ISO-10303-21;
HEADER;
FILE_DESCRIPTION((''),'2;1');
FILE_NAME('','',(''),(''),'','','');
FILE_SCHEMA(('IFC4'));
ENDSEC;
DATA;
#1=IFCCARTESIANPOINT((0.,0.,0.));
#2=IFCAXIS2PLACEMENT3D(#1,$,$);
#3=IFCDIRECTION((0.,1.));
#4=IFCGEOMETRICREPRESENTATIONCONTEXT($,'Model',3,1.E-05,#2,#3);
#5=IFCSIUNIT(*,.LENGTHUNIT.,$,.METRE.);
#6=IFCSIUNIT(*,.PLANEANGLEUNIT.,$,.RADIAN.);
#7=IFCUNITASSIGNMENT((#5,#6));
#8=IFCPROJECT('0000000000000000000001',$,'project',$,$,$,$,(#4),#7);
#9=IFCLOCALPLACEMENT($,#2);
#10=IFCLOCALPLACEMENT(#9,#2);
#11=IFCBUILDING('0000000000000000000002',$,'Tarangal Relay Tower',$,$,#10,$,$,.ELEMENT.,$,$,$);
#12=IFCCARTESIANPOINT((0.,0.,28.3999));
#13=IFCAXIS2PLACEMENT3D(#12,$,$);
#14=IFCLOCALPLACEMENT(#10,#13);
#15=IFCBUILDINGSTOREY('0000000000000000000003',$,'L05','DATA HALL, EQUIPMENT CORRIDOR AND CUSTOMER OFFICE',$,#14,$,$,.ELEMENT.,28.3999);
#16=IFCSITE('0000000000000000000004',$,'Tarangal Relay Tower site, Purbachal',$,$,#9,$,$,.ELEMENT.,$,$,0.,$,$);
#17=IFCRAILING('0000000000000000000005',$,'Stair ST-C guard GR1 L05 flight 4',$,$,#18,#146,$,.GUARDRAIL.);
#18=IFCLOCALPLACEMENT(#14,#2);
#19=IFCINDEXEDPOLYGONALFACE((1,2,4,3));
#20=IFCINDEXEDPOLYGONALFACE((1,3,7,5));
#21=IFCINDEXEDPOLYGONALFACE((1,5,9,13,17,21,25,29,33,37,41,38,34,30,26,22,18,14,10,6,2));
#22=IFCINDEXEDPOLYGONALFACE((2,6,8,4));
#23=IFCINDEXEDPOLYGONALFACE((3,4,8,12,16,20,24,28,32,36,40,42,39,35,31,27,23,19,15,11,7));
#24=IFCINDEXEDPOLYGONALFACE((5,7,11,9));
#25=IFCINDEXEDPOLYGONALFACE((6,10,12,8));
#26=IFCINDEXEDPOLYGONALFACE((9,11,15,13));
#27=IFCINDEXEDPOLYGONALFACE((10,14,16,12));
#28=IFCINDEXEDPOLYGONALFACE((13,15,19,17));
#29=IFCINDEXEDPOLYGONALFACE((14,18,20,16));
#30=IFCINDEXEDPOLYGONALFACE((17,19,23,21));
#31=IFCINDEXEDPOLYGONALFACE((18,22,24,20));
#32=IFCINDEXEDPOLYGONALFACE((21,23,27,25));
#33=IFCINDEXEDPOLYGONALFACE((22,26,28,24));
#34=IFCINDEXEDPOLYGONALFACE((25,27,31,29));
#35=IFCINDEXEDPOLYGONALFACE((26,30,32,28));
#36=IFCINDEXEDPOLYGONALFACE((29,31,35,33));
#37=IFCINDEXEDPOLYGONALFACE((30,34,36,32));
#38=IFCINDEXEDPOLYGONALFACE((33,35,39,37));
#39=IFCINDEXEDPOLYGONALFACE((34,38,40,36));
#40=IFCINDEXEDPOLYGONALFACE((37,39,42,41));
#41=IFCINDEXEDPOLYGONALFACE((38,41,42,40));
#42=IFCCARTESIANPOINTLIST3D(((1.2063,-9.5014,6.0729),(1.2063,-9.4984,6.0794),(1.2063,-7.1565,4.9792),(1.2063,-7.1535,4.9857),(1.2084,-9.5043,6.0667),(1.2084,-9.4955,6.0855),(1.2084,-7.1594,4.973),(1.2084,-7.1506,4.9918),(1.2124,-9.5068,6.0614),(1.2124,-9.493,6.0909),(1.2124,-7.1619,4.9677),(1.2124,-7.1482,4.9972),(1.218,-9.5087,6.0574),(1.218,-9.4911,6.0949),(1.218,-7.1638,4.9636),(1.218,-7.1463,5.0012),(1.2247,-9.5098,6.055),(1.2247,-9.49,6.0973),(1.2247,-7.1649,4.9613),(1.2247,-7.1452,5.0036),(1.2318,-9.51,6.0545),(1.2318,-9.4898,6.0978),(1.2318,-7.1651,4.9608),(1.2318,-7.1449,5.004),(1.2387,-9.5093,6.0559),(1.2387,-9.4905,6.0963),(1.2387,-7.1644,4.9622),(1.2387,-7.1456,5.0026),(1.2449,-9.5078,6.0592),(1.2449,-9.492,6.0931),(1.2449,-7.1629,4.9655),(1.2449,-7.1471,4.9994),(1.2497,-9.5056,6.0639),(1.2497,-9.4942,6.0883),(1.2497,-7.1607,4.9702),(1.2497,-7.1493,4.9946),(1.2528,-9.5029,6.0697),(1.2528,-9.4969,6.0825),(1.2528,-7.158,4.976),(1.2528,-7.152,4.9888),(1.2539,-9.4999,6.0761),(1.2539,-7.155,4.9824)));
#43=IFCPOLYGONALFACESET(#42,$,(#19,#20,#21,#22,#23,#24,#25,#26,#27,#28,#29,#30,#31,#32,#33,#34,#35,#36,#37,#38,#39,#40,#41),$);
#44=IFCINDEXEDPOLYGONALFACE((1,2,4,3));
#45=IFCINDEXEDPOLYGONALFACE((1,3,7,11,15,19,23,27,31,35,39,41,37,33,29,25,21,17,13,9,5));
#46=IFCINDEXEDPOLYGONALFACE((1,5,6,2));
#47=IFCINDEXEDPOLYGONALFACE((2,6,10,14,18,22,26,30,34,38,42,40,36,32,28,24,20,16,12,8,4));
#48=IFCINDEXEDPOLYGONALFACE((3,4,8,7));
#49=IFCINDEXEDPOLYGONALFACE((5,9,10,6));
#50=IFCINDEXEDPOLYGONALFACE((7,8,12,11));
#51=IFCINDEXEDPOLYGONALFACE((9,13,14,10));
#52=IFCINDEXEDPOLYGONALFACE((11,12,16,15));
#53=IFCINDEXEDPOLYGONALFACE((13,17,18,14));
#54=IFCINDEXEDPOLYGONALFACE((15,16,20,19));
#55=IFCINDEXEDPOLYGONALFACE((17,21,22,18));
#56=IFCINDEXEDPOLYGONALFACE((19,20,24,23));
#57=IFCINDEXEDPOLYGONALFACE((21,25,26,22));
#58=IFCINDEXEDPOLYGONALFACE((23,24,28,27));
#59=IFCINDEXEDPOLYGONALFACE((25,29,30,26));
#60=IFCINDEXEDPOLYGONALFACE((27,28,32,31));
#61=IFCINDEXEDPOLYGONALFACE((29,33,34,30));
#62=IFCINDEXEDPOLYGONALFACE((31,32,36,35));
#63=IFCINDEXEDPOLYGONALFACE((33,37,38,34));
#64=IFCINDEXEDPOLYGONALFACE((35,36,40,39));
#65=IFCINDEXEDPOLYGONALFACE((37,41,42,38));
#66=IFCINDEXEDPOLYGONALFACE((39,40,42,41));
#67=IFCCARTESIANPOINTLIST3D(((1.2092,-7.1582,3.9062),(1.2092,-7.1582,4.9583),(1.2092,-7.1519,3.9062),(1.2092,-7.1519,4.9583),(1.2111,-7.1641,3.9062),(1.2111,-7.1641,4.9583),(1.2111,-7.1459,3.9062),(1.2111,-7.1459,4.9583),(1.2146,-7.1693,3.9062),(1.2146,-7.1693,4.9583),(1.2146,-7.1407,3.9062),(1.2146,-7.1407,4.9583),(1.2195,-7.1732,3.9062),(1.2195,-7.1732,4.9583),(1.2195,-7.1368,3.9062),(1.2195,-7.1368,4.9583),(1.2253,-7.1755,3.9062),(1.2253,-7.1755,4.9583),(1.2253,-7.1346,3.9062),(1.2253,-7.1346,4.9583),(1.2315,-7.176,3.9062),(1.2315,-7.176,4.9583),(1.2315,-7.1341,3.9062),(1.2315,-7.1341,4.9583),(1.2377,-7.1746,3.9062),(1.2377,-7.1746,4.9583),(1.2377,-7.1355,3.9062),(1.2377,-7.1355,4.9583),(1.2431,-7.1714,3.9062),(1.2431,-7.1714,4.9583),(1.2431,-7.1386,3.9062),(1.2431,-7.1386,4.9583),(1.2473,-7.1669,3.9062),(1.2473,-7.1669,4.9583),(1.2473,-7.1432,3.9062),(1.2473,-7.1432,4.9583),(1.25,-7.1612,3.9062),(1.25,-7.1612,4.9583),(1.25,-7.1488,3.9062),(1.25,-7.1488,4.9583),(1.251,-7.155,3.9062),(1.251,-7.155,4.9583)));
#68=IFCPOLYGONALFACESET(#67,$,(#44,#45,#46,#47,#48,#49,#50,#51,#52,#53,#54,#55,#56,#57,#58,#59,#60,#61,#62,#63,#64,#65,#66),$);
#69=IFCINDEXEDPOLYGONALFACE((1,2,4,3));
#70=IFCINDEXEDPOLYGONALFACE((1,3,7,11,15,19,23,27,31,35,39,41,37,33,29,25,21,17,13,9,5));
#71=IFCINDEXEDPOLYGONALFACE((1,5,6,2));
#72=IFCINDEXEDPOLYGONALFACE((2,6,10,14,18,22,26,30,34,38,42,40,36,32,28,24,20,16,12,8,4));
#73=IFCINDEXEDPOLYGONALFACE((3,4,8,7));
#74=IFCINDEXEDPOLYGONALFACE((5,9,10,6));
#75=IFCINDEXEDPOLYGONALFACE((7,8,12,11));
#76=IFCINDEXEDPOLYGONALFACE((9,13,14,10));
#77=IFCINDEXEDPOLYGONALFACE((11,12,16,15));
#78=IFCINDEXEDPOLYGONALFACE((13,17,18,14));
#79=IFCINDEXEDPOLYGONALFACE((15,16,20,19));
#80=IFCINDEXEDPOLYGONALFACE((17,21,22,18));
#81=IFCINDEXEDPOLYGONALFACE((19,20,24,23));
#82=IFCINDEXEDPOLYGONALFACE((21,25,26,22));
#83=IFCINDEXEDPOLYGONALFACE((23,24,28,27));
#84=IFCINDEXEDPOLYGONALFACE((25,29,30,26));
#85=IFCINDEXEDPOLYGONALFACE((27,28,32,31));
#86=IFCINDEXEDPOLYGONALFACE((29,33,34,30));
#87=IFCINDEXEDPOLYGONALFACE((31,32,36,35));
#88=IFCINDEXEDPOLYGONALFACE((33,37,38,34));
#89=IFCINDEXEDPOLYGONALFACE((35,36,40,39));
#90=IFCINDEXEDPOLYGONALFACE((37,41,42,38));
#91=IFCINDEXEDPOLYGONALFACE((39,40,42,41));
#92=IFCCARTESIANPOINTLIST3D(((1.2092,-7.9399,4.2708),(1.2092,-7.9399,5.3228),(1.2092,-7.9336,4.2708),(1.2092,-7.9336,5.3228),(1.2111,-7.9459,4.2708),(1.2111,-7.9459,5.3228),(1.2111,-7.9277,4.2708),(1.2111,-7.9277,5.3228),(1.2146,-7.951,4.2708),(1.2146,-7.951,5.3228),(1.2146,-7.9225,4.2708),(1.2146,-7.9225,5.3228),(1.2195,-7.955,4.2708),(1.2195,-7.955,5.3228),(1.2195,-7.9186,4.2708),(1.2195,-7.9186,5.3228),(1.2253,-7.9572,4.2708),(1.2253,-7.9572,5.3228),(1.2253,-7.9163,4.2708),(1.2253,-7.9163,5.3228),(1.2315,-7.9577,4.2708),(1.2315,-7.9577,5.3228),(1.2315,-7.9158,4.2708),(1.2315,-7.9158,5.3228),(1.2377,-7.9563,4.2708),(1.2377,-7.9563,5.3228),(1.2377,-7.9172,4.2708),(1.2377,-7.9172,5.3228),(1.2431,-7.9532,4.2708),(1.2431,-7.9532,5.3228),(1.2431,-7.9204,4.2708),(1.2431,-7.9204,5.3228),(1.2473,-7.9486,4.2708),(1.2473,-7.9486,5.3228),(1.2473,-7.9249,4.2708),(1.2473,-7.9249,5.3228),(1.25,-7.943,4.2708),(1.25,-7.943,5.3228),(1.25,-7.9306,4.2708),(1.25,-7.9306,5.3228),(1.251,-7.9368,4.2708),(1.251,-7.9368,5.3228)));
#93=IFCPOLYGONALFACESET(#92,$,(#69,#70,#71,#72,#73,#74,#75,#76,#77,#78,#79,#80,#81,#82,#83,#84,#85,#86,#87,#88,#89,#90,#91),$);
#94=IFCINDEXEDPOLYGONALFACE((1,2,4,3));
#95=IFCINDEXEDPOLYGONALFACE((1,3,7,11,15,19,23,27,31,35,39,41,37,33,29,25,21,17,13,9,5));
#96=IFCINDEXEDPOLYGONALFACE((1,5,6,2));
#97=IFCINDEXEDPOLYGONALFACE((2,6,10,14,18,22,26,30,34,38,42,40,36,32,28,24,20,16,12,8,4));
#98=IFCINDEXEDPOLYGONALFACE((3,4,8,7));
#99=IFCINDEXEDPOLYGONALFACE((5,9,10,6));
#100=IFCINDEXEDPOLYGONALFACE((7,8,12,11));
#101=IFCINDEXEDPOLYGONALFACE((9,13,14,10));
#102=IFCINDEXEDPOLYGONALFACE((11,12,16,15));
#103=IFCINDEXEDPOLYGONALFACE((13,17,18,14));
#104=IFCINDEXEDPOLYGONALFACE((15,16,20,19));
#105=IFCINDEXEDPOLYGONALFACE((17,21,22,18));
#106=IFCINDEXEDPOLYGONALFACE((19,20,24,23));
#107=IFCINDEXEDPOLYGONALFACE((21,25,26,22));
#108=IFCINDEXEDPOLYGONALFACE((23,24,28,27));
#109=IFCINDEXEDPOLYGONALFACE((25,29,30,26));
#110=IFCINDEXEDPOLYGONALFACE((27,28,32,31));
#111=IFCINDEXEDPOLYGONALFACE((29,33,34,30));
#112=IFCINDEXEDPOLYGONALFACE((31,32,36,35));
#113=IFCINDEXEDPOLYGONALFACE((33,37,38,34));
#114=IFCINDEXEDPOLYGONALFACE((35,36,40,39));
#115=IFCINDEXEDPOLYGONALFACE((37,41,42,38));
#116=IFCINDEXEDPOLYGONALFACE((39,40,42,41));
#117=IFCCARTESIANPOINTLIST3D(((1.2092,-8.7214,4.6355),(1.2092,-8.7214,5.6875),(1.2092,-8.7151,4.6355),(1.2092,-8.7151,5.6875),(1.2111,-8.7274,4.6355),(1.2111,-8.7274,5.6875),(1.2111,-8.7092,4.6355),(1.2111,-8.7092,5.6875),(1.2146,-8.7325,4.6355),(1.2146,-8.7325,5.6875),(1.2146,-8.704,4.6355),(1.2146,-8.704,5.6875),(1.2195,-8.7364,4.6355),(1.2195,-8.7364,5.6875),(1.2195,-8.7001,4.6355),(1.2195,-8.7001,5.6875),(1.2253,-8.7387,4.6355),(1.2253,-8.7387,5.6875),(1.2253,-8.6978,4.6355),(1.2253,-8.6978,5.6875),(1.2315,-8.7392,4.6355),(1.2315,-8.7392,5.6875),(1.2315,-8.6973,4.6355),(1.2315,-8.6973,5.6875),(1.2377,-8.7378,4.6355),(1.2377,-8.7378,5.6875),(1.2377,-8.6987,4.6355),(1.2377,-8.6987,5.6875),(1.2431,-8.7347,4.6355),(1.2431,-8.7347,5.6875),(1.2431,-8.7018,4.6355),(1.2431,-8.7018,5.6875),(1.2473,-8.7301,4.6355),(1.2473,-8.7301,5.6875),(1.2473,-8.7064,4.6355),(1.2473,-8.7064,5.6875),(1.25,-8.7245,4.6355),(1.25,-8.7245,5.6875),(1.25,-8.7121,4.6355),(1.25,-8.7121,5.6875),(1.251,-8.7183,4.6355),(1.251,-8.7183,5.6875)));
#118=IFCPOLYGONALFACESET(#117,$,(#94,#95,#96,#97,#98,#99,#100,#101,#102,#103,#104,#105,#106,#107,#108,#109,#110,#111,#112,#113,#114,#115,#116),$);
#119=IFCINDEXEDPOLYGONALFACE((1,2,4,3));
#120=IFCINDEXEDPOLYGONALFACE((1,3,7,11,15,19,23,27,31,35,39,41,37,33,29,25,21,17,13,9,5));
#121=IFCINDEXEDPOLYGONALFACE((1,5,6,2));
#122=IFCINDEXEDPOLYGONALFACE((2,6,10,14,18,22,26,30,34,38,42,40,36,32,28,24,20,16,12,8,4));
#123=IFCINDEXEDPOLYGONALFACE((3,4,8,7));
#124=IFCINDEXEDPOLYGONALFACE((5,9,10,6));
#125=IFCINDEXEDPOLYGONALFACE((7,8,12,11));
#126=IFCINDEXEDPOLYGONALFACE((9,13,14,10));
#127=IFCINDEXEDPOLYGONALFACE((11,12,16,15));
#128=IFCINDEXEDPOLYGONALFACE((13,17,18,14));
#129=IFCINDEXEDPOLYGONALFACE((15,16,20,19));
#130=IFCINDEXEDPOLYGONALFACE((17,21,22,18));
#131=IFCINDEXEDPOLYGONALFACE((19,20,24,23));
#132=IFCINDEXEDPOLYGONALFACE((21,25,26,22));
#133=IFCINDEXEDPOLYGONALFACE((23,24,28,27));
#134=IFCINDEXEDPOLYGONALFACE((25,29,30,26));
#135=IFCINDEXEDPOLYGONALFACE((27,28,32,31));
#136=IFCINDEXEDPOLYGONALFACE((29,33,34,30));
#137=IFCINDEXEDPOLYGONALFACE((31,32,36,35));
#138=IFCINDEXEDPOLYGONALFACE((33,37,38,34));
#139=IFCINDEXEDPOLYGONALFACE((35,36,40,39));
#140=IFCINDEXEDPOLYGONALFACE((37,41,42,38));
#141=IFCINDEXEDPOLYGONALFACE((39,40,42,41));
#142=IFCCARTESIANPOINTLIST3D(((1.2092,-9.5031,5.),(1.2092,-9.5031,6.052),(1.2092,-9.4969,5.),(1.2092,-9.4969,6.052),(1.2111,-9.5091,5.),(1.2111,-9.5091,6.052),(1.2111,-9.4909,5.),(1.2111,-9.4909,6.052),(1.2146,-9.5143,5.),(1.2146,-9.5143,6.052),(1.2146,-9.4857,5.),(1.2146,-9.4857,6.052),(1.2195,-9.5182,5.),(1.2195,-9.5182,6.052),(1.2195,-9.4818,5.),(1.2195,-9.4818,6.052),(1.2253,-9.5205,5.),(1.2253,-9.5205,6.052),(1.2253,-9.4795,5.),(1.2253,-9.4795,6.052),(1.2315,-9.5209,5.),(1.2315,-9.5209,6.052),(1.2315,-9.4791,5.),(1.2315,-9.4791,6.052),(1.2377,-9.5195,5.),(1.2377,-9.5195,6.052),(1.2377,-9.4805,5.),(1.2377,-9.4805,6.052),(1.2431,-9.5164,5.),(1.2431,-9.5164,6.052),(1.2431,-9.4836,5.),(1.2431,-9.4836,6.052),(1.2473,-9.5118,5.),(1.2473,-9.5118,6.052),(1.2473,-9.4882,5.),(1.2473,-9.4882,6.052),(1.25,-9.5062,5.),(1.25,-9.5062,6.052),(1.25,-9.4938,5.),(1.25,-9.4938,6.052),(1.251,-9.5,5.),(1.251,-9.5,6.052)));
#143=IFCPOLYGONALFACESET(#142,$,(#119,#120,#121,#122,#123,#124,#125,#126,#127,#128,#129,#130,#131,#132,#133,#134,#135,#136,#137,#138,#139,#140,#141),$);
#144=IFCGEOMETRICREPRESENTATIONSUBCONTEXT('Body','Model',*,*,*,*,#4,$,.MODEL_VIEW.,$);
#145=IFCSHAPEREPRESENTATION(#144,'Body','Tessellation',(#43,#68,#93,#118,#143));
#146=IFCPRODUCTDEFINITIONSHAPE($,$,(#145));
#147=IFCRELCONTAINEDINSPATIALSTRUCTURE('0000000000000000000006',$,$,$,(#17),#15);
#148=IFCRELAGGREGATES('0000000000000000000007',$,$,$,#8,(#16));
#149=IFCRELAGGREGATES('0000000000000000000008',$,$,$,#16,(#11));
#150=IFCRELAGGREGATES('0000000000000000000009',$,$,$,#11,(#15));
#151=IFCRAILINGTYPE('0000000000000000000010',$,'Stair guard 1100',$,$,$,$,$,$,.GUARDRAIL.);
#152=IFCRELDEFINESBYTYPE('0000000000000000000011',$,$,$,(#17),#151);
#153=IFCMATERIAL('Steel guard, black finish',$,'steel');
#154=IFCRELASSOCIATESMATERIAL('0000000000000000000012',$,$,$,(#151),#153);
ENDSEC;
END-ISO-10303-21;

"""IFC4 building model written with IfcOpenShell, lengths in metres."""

from ifc_helpers import new_model, si_unit, direction, frame, origin, origin_2d, place, context, subcontext, project, spatial, circle, extrude, material, type_object, element, save


model = new_model("IFC4")

# Units and contexts
model_context = context("Model", 3, precision=1e-05, world=origin(), true_north=direction((0.0, 1.0)))
body_context = subcontext(model_context, "Body", "Model", "MODEL_VIEW")
ifc_project = project(units=[si_unit("LENGTHUNIT", "METRE"), si_unit("PLANEANGLEUNIT", "RADIAN")], contexts=[model_context])

# Site, building, storey
site_placement = place(None, origin())
site = spatial("IfcSite", under=ifc_project, at=site_placement, Name="Tarangal Relay Tower site, Purbachal", CompositionType="ELEMENT", RefElevation=0.0)
building_placement = place(site_placement, origin())
building = spatial("IfcBuilding", under=site, at=building_placement, Name="Tarangal Relay Tower", CompositionType="ELEMENT")
storey_placement = place(building_placement, frame((0.0, 0.0, 28.3999)))
storey = spatial("IfcBuildingStorey", under=building, at=storey_placement, Name="L05", Description="DATA HALL, EQUIPMENT CORRIDOR AND CUSTOMER OFFICE", CompositionType="ELEMENT", Elevation=28.3999)

# Railing
ifc_material_1 = material(Name="Steel guard, black finish", Category="steel")
railing_type_1 = type_object("IfcRailingType", Name="Stair guard 1100", PredefinedType="GUARDRAIL", material=ifc_material_1)
for number, where, name in (
    (1, (1.23, -7.155, 3.9062), "Stair ST-C guard GR1 L05 flight 4"),
):
    element("IfcRailing", number, at=place(storey_placement, frame(where)), inside=storey, type_object=railing_type_1, Name=name, PredefinedType="GUARDRAIL", context=body_context, shape_type="SweptSolid", body=[
        extrude(circle(Radius=0.0239, at=origin_2d()), frame((0.0, 0.0, 1.0762), z_axis=(0.0, -0.906267, 0.422705), x_axis=(1.0, 0.0, 0.0)), (0.0, 0.0, 1.0), 2.5874),
        extrude(circle(Radius=0.021, at=origin_2d()), origin(), (0.0, 0.0, 1.0), 1.052),
        extrude(circle(Radius=0.021, at=origin_2d()), frame((0.0, -0.7817, 0.3645)), (0.0, 0.0, 1.0), 1.052),
        extrude(circle(Radius=0.021, at=origin_2d()), frame((0.0, -1.5632, 0.7292)), (0.0, 0.0, 1.0), 1.052),
        extrude(circle(Radius=0.021, at=origin_2d()), frame((0.0, -2.345, 1.0938)), (0.0, 0.0, 1.0), 1.052),
    ])

save(model, "model.ifc")
